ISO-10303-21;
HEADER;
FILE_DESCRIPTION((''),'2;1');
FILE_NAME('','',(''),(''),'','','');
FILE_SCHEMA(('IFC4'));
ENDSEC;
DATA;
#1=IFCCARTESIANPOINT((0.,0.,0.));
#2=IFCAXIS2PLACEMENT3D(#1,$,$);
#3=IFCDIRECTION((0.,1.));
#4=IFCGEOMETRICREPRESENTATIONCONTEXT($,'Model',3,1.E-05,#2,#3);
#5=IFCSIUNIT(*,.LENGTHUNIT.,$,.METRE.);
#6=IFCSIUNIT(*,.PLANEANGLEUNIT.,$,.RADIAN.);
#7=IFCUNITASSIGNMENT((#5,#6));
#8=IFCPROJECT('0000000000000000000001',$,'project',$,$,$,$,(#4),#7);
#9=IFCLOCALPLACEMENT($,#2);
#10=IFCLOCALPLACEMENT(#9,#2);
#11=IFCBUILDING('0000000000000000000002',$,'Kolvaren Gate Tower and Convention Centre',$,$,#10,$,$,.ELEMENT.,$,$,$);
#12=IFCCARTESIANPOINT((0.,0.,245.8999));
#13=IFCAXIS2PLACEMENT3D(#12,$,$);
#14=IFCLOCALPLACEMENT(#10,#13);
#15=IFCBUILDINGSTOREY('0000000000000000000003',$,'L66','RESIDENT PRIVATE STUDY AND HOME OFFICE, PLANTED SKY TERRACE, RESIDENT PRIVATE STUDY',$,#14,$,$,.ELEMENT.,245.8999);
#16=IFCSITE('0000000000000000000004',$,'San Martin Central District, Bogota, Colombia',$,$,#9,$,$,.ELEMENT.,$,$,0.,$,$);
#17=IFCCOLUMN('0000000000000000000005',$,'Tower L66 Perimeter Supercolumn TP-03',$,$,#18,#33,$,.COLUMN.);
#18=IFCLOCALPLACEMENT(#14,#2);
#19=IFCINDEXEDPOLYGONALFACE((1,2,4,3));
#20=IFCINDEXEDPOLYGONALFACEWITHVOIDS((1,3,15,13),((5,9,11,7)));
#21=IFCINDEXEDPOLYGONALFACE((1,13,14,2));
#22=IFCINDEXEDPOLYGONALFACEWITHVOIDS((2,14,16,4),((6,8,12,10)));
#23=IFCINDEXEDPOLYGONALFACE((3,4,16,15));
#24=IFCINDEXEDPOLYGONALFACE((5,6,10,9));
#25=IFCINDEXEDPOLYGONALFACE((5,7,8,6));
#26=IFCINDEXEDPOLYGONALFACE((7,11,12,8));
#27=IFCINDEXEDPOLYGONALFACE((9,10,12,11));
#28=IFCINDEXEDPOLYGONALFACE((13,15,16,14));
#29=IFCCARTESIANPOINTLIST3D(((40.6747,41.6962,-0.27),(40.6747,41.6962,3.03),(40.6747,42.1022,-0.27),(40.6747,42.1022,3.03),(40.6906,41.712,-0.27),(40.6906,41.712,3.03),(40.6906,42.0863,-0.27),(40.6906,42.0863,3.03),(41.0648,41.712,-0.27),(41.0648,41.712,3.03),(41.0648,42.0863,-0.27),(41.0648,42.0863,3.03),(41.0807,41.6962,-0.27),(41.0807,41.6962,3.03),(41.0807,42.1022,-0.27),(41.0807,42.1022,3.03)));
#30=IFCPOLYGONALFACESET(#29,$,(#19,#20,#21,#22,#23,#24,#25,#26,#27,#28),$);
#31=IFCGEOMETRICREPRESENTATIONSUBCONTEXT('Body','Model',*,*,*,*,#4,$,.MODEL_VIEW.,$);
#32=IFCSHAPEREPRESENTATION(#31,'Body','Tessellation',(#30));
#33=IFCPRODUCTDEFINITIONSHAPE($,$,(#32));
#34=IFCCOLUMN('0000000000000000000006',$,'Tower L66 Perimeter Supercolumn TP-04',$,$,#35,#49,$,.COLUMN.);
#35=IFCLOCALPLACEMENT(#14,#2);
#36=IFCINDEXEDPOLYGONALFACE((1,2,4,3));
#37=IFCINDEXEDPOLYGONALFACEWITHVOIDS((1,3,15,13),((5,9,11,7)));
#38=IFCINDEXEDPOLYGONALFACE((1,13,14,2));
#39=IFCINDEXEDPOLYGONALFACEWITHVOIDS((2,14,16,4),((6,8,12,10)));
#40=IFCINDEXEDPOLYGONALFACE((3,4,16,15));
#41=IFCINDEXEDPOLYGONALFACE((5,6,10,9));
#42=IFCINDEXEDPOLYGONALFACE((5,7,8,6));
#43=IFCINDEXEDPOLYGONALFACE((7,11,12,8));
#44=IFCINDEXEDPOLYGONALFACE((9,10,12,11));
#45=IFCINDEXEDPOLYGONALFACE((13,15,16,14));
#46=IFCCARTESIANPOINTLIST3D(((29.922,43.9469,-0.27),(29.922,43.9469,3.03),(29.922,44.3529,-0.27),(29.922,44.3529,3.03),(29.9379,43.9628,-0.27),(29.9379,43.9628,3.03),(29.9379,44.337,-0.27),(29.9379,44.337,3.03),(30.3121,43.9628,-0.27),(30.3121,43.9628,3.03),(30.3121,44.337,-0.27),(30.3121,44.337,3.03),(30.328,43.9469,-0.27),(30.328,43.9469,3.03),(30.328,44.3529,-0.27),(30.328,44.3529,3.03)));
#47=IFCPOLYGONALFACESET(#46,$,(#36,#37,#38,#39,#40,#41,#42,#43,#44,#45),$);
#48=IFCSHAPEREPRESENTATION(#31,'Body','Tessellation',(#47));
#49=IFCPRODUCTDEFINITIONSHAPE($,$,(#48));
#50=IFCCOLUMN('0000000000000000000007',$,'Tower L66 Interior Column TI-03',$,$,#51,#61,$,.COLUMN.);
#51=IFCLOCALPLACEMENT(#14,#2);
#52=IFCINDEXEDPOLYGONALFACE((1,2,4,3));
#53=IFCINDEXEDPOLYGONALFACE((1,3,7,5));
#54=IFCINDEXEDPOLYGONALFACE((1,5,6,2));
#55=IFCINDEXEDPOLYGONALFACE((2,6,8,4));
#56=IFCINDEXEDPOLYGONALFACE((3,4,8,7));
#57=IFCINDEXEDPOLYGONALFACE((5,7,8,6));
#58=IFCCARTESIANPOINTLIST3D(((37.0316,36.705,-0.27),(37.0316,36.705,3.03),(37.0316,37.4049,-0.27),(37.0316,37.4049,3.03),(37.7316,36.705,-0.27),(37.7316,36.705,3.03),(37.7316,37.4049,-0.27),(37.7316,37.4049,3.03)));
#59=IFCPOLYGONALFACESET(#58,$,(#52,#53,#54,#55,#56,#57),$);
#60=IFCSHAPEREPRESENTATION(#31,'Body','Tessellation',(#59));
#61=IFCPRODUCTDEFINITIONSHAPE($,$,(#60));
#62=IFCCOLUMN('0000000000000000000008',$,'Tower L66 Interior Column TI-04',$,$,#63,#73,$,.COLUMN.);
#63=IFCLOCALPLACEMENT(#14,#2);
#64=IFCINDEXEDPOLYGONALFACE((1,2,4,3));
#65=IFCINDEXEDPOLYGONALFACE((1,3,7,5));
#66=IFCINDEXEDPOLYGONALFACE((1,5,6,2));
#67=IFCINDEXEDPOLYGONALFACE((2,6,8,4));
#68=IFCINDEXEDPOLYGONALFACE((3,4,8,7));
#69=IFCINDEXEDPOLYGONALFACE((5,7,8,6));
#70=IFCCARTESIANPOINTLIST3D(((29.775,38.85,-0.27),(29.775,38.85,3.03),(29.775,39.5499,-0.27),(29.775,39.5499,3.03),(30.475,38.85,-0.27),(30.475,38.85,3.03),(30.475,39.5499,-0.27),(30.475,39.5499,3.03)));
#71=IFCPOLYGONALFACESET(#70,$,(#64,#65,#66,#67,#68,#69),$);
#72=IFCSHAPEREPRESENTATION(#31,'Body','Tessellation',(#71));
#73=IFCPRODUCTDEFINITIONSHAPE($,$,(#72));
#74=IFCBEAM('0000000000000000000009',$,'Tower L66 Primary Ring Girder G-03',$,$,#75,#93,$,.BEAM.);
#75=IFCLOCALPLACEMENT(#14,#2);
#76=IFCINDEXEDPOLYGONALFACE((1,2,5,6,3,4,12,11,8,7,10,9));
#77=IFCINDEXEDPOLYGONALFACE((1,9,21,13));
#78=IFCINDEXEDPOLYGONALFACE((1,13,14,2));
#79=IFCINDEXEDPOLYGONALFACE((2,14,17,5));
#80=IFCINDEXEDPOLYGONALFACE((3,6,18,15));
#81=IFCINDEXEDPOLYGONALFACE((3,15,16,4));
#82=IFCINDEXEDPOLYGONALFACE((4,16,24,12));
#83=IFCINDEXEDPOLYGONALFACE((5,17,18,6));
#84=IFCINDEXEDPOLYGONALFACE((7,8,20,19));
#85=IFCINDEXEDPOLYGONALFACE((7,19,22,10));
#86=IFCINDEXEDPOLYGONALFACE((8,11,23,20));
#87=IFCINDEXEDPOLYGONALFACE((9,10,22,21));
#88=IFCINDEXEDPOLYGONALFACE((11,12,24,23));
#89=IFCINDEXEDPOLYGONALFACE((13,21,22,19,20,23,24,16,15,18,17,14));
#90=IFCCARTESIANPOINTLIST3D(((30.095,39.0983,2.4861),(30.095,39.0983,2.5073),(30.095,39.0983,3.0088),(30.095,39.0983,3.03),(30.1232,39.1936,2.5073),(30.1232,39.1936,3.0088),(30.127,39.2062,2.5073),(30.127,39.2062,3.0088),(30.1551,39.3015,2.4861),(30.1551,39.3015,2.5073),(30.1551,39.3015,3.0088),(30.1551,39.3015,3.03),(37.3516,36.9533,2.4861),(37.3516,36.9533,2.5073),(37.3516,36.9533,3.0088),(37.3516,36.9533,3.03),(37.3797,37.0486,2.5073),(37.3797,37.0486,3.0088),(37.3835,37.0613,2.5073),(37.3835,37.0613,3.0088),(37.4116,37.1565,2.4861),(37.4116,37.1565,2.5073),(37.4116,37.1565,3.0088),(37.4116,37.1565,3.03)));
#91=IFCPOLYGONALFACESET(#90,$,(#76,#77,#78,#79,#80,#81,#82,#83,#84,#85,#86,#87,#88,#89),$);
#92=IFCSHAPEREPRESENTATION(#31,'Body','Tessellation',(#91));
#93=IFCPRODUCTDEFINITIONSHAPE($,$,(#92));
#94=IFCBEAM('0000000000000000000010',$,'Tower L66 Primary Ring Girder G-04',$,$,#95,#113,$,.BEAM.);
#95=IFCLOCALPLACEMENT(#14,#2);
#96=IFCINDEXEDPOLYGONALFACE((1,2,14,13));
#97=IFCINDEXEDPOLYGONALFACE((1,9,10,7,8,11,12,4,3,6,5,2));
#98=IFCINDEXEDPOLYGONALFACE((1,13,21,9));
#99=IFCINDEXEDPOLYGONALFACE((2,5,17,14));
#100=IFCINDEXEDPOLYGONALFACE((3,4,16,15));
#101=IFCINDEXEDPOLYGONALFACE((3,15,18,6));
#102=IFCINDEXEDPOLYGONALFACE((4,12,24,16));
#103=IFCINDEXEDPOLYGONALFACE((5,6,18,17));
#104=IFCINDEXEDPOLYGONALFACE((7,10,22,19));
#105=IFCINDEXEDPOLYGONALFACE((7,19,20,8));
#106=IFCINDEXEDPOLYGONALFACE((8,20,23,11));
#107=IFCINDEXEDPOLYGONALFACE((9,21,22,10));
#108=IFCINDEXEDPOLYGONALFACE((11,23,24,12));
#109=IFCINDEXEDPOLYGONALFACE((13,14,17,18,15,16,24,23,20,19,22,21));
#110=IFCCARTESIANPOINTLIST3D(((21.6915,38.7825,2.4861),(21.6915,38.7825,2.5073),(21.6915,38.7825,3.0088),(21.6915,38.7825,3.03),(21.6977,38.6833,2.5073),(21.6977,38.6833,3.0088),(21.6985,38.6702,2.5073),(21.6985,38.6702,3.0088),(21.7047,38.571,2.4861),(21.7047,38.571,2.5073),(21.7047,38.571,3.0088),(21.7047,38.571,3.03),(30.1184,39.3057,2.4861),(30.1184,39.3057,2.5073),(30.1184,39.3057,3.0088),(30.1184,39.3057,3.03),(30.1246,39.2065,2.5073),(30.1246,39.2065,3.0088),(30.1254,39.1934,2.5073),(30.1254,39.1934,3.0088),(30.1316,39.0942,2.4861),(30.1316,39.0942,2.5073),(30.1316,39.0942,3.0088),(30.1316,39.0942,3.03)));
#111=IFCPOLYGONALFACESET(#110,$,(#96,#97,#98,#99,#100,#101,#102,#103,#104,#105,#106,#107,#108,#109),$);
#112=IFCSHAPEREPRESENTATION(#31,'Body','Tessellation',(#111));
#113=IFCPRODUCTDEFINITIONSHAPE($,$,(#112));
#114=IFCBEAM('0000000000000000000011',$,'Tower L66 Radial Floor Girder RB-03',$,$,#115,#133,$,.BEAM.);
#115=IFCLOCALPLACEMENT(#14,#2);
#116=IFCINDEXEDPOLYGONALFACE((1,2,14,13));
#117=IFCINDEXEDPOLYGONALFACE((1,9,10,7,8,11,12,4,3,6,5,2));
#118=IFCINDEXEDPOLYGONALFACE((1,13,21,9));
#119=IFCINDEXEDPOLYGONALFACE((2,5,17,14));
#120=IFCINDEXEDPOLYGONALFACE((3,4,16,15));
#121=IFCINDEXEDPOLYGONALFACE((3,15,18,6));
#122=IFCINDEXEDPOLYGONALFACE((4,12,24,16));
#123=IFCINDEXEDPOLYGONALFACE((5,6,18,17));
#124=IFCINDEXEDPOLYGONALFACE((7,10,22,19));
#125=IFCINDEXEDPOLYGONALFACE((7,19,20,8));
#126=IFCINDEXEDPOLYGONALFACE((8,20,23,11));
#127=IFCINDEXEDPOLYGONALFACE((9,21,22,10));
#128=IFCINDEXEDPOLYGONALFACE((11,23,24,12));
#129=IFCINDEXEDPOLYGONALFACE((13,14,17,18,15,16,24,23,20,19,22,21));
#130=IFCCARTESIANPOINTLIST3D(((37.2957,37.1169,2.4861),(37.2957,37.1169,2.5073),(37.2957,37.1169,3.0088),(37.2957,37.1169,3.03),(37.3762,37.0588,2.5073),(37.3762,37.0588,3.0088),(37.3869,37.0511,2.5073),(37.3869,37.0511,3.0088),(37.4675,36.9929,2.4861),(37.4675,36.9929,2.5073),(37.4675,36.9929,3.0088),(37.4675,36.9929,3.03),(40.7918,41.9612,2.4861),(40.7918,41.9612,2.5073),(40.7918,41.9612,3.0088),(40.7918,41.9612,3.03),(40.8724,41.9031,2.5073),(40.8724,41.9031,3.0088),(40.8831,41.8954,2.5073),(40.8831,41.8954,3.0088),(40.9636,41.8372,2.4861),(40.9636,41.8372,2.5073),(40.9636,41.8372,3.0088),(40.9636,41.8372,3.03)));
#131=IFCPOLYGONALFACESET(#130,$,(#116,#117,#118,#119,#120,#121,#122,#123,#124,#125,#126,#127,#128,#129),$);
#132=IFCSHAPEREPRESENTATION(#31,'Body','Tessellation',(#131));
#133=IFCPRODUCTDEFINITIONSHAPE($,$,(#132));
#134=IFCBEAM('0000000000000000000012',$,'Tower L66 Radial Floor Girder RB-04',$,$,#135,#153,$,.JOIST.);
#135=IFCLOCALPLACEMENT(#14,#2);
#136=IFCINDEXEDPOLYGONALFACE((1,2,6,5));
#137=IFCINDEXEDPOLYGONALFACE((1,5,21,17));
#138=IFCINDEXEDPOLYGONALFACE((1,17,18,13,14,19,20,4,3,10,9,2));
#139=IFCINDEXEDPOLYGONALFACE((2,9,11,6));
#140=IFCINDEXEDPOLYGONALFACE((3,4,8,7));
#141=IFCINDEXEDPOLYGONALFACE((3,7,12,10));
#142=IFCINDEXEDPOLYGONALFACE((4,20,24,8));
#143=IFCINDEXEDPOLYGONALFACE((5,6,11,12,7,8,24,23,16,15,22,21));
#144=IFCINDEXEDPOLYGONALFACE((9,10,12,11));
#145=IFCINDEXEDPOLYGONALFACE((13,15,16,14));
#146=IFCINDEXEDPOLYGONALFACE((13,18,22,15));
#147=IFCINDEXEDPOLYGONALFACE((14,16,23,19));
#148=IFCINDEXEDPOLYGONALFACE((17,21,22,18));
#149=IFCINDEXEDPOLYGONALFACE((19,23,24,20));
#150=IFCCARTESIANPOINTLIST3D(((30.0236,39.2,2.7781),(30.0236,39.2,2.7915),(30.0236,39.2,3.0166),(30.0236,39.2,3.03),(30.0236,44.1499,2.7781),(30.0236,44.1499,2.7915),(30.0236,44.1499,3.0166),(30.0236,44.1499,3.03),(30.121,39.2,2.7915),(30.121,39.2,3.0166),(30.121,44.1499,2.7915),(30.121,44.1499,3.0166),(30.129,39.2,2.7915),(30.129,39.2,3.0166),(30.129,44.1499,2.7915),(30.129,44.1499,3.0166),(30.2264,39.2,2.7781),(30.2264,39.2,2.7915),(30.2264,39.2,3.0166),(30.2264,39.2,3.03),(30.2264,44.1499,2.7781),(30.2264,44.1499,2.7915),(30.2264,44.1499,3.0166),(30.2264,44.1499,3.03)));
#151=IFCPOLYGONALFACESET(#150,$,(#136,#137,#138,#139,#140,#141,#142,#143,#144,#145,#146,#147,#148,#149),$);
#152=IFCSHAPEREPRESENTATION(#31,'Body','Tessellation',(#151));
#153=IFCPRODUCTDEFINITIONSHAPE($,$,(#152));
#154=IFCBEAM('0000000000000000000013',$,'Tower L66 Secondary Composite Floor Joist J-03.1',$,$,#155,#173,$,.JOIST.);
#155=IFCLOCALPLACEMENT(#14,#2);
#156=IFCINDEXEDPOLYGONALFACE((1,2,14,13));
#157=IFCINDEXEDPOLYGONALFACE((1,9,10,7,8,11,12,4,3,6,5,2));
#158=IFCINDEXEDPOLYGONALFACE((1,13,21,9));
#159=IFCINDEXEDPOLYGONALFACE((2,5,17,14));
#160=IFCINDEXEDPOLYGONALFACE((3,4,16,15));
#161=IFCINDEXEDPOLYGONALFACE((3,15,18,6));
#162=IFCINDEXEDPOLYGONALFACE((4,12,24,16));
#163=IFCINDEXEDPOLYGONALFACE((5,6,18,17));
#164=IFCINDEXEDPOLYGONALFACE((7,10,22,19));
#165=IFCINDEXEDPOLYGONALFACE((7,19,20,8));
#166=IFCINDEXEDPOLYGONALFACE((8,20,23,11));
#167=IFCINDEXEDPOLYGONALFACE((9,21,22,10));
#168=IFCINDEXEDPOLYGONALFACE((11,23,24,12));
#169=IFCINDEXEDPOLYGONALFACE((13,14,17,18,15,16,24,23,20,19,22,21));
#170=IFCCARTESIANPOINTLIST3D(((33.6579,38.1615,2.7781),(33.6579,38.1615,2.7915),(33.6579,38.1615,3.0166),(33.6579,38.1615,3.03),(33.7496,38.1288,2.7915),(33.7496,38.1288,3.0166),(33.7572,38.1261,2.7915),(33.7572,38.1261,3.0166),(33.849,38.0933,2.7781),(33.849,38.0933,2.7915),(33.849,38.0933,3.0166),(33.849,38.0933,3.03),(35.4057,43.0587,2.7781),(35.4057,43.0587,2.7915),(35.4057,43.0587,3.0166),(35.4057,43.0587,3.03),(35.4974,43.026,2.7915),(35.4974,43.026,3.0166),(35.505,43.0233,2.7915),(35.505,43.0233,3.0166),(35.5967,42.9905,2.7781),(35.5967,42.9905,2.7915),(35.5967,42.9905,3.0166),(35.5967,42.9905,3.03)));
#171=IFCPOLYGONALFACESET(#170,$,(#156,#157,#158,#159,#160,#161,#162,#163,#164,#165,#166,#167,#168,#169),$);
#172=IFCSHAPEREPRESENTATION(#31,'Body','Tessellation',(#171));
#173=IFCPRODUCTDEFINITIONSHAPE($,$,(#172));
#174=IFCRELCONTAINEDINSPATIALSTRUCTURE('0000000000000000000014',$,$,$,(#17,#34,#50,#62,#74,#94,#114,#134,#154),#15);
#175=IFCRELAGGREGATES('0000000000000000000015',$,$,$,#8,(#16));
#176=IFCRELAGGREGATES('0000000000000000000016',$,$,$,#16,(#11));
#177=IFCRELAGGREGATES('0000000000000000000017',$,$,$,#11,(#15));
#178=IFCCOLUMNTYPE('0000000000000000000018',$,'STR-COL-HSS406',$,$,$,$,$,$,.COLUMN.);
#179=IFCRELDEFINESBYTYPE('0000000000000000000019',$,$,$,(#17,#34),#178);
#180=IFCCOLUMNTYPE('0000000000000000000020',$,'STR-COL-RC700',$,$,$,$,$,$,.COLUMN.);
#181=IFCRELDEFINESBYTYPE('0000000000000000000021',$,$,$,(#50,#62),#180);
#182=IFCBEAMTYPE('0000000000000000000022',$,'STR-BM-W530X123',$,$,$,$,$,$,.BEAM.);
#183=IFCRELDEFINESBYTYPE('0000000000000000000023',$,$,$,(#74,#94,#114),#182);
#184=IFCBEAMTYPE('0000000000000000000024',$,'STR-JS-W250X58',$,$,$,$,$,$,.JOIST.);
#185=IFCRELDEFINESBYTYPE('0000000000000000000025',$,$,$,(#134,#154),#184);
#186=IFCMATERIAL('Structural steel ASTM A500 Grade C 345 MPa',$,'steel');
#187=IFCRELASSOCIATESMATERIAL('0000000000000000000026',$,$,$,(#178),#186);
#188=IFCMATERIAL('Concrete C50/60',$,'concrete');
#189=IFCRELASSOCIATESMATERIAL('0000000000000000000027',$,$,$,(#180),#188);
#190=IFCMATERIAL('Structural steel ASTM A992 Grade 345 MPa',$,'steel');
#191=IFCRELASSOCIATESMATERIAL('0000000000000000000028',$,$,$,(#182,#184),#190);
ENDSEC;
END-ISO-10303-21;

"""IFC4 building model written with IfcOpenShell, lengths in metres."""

from ifc_helpers import new_model, si_unit, direction, frame, origin, origin_2d, place, context, subcontext, project, spatial, rectangle, hollow_rectangle, i_section, extrude, material, material_profile, profile_set, type_object, element, save


model = new_model("IFC4")

# Units and contexts
model_context = context("Model", 3, precision=1e-05, world=origin(), true_north=direction((0.0, 1.0)))
body_context = subcontext(model_context, "Body", "Model", "MODEL_VIEW")
ifc_project = project(units=[si_unit("LENGTHUNIT", "METRE"), si_unit("PLANEANGLEUNIT", "RADIAN")], contexts=[model_context])

# Site, building, storey
site_placement = place(None, origin())
site = spatial("IfcSite", under=ifc_project, at=site_placement, Name="San Martin Central District, Bogota, Colombia", CompositionType="ELEMENT", RefElevation=0.0)
building_placement = place(site_placement, origin())
building = spatial("IfcBuilding", under=site, at=building_placement, Name="Kolvaren Gate Tower and Convention Centre", CompositionType="ELEMENT")
storey_placement = place(building_placement, frame((0.0, 0.0, 245.8999)))
storey = spatial("IfcBuildingStorey", under=building, at=storey_placement, Name="L66", Description="RESIDENT PRIVATE STUDY AND HOME OFFICE, PLANTED SKY TERRACE, RESIDENT PRIVATE STUDY", CompositionType="ELEMENT", Elevation=245.8999)

# Columns
ifc_material_1 = material(Name="Structural steel ASTM A500 Grade C 345 MPa", Category="steel")
ifc_material_profile_1 = material_profile(ifc_material_1, hollow_rectangle(XDim=0.406, YDim=0.406, WallThickness=0.0159, at=origin_2d()), Name="HSS406X406X15.9")
ifc_profile_set_1 = profile_set([ifc_material_profile_1], Name="Structural steel ASTM A500 Grade C 345 MPa")
column_type_1 = type_object("IfcColumnType", Name="STR-COL-HSS406", PredefinedType="COLUMN", material=ifc_profile_set_1)
for number, where, z_axis, x_axis, name in (
    (1, (40.8777, 41.8992, -0.27), (0.0, 0.0, 1.0), (1.0, 0.0, 0.0), "Tower L66 Perimeter Supercolumn TP-03"),
    (2, (30.125, 44.1499, -0.27), (0.0, 0.0, 1.0), (1.0, 0.0, 0.0), "Tower L66 Perimeter Supercolumn TP-04"),
):
    element("IfcColumn", number, at=place(storey_placement, frame(where, z_axis=z_axis, x_axis=x_axis)), inside=storey, type_object=column_type_1, Name=name, PredefinedType="COLUMN", context=body_context, shape_type="SweptSolid", body=[
        extrude(hollow_rectangle(XDim=0.406, YDim=0.406, WallThickness=0.0159, at=origin_2d()), origin(), (0.0, 0.0, 1.0), 3.3),
    ])
ifc_material_2 = material(Name="Concrete C50/60", Category="concrete")
ifc_material_profile_2 = material_profile(ifc_material_2, rectangle(XDim=0.7, YDim=0.7, at=origin_2d()), Name="RC-COL-700X700")
ifc_profile_set_2 = profile_set([ifc_material_profile_2], Name="Concrete C50/60")
column_type_2 = type_object("IfcColumnType", Name="STR-COL-RC700", PredefinedType="COLUMN", material=ifc_profile_set_2)
for number, where, z_axis, x_axis, name in (
    (3, (37.3816, 37.0549, -0.27), (0.0, 0.0, 1.0), (1.0, 0.0, 0.0), "Tower L66 Interior Column TI-03"),
    (4, (30.125, 39.2, -0.27), (0.0, 0.0, 1.0), (1.0, 0.0, 0.0), "Tower L66 Interior Column TI-04"),
):
    element("IfcColumn", number, at=place(storey_placement, frame(where, z_axis=z_axis, x_axis=x_axis)), inside=storey, type_object=column_type_2, Name=name, PredefinedType="COLUMN", context=body_context, shape_type="SweptSolid", body=[
        extrude(rectangle(XDim=0.7, YDim=0.7, at=origin_2d()), origin(), (0.0, 0.0, 1.0), 3.3),
    ])

# Beams
ifc_material_3 = material(Name="Structural steel ASTM A992 Grade 345 MPa", Category="steel")
ifc_material_profile_3 = material_profile(ifc_material_3, i_section(OverallWidth=0.2119, OverallDepth=0.5439, WebThickness=0.0132, FlangeThickness=0.0212, at=origin_2d()), Name="W530X123")
ifc_profile_set_3 = profile_set([ifc_material_profile_3], Name="Structural steel ASTM A992 Grade 345 MPa")
beam_type_1 = type_object("IfcBeamType", Name="STR-BM-W530X123", PredefinedType="BEAM", material=ifc_profile_set_3)
beam_1_placement = place(storey_placement, frame((37.3816, 37.0549, 2.7581), z_axis=(-0.958981, 0.283471, 0.0), x_axis=(-0.283471, -0.958981, 0.0)))
element("IfcBeam", 5, at=beam_1_placement, inside=storey, type_object=beam_type_1, Name="Tower L66 Primary Ring Girder G-03", PredefinedType="BEAM", context=body_context, shape_type="SweptSolid", body=[
    extrude(i_section(OverallWidth=0.2119, OverallDepth=0.5439, WebThickness=0.0132, FlangeThickness=0.0212, at=origin_2d()), origin(), (0.0, 0.0, 1.0), 7.5669),
])
beam_2_placement = place(storey_placement, frame((30.125, 39.2, 2.7581), z_axis=(-0.998078, -0.061966, 0.0), x_axis=(0.061966, -0.998078, 0.0)))
element("IfcBeam", 6, at=beam_2_placement, inside=storey, type_object=beam_type_1, Name="Tower L66 Primary Ring Girder G-04", PredefinedType="BEAM", context=body_context, shape_type="SweptSolid", body=[
    extrude(i_section(OverallWidth=0.2119, OverallDepth=0.5439, WebThickness=0.0132, FlangeThickness=0.0212, at=origin_2d()), origin(), (0.0, 0.0, 1.0), 8.4431),
])
beam_3_placement = place(storey_placement, frame((37.3816, 37.0549, 2.7581), z_axis=(0.585213, 0.81088, 0.0), x_axis=(-0.81088, 0.585213, 0.0)))
element("IfcBeam", 7, at=beam_3_placement, inside=storey, type_object=beam_type_1, Name="Tower L66 Radial Floor Girder RB-03", PredefinedType="BEAM", context=body_context, shape_type="SweptSolid", body=[
    extrude(i_section(OverallWidth=0.2119, OverallDepth=0.5439, WebThickness=0.0132, FlangeThickness=0.0212, at=origin_2d()), origin(), (0.0, 0.0, 1.0), 5.9741),
])
ifc_material_profile_4 = material_profile(ifc_material_3, i_section(OverallWidth=0.2029, OverallDepth=0.252, WebThickness=0.0081, FlangeThickness=0.0134, at=origin_2d()), Name="W250X58")
ifc_profile_set_4 = profile_set([ifc_material_profile_4], Name="Structural steel ASTM A992 Grade 345 MPa")
beam_type_2 = type_object("IfcBeamType", Name="STR-JS-W250X58", PredefinedType="JOIST", material=ifc_profile_set_4)
beam_4_placement = place(storey_placement, frame((30.125, 39.2, 2.9041), z_axis=(0.0, 1.0, 0.0), x_axis=(-1.0, 0.0, 0.0)))
element("IfcBeam", 8, at=beam_4_placement, inside=storey, type_object=beam_type_2, Name="Tower L66 Radial Floor Girder RB-04", PredefinedType="JOIST", context=body_context, shape_type="SweptSolid", body=[
    extrude(i_section(OverallWidth=0.2029, OverallDepth=0.252, WebThickness=0.0081, FlangeThickness=0.0134, at=origin_2d()), origin(), (0.0, 0.0, 1.0), 4.95),
])
beam_5_placement = place(storey_placement, frame((33.7534, 38.1274, 2.9041), z_axis=(0.336131, 0.941815, 0.0), x_axis=(-0.941815, 0.336131, 0.0)))
element("IfcBeam", 9, at=beam_5_placement, inside=storey, type_object=beam_type_2, Name="Tower L66 Secondary Composite Floor Joist J-03.1", PredefinedType="JOIST", context=body_context, shape_type="SweptSolid", body=[
    extrude(i_section(OverallWidth=0.2029, OverallDepth=0.252, WebThickness=0.0081, FlangeThickness=0.0134, at=origin_2d()), origin(), (0.0, 0.0, 1.0), 5.1997),
])

save(model, "model.ifc")
